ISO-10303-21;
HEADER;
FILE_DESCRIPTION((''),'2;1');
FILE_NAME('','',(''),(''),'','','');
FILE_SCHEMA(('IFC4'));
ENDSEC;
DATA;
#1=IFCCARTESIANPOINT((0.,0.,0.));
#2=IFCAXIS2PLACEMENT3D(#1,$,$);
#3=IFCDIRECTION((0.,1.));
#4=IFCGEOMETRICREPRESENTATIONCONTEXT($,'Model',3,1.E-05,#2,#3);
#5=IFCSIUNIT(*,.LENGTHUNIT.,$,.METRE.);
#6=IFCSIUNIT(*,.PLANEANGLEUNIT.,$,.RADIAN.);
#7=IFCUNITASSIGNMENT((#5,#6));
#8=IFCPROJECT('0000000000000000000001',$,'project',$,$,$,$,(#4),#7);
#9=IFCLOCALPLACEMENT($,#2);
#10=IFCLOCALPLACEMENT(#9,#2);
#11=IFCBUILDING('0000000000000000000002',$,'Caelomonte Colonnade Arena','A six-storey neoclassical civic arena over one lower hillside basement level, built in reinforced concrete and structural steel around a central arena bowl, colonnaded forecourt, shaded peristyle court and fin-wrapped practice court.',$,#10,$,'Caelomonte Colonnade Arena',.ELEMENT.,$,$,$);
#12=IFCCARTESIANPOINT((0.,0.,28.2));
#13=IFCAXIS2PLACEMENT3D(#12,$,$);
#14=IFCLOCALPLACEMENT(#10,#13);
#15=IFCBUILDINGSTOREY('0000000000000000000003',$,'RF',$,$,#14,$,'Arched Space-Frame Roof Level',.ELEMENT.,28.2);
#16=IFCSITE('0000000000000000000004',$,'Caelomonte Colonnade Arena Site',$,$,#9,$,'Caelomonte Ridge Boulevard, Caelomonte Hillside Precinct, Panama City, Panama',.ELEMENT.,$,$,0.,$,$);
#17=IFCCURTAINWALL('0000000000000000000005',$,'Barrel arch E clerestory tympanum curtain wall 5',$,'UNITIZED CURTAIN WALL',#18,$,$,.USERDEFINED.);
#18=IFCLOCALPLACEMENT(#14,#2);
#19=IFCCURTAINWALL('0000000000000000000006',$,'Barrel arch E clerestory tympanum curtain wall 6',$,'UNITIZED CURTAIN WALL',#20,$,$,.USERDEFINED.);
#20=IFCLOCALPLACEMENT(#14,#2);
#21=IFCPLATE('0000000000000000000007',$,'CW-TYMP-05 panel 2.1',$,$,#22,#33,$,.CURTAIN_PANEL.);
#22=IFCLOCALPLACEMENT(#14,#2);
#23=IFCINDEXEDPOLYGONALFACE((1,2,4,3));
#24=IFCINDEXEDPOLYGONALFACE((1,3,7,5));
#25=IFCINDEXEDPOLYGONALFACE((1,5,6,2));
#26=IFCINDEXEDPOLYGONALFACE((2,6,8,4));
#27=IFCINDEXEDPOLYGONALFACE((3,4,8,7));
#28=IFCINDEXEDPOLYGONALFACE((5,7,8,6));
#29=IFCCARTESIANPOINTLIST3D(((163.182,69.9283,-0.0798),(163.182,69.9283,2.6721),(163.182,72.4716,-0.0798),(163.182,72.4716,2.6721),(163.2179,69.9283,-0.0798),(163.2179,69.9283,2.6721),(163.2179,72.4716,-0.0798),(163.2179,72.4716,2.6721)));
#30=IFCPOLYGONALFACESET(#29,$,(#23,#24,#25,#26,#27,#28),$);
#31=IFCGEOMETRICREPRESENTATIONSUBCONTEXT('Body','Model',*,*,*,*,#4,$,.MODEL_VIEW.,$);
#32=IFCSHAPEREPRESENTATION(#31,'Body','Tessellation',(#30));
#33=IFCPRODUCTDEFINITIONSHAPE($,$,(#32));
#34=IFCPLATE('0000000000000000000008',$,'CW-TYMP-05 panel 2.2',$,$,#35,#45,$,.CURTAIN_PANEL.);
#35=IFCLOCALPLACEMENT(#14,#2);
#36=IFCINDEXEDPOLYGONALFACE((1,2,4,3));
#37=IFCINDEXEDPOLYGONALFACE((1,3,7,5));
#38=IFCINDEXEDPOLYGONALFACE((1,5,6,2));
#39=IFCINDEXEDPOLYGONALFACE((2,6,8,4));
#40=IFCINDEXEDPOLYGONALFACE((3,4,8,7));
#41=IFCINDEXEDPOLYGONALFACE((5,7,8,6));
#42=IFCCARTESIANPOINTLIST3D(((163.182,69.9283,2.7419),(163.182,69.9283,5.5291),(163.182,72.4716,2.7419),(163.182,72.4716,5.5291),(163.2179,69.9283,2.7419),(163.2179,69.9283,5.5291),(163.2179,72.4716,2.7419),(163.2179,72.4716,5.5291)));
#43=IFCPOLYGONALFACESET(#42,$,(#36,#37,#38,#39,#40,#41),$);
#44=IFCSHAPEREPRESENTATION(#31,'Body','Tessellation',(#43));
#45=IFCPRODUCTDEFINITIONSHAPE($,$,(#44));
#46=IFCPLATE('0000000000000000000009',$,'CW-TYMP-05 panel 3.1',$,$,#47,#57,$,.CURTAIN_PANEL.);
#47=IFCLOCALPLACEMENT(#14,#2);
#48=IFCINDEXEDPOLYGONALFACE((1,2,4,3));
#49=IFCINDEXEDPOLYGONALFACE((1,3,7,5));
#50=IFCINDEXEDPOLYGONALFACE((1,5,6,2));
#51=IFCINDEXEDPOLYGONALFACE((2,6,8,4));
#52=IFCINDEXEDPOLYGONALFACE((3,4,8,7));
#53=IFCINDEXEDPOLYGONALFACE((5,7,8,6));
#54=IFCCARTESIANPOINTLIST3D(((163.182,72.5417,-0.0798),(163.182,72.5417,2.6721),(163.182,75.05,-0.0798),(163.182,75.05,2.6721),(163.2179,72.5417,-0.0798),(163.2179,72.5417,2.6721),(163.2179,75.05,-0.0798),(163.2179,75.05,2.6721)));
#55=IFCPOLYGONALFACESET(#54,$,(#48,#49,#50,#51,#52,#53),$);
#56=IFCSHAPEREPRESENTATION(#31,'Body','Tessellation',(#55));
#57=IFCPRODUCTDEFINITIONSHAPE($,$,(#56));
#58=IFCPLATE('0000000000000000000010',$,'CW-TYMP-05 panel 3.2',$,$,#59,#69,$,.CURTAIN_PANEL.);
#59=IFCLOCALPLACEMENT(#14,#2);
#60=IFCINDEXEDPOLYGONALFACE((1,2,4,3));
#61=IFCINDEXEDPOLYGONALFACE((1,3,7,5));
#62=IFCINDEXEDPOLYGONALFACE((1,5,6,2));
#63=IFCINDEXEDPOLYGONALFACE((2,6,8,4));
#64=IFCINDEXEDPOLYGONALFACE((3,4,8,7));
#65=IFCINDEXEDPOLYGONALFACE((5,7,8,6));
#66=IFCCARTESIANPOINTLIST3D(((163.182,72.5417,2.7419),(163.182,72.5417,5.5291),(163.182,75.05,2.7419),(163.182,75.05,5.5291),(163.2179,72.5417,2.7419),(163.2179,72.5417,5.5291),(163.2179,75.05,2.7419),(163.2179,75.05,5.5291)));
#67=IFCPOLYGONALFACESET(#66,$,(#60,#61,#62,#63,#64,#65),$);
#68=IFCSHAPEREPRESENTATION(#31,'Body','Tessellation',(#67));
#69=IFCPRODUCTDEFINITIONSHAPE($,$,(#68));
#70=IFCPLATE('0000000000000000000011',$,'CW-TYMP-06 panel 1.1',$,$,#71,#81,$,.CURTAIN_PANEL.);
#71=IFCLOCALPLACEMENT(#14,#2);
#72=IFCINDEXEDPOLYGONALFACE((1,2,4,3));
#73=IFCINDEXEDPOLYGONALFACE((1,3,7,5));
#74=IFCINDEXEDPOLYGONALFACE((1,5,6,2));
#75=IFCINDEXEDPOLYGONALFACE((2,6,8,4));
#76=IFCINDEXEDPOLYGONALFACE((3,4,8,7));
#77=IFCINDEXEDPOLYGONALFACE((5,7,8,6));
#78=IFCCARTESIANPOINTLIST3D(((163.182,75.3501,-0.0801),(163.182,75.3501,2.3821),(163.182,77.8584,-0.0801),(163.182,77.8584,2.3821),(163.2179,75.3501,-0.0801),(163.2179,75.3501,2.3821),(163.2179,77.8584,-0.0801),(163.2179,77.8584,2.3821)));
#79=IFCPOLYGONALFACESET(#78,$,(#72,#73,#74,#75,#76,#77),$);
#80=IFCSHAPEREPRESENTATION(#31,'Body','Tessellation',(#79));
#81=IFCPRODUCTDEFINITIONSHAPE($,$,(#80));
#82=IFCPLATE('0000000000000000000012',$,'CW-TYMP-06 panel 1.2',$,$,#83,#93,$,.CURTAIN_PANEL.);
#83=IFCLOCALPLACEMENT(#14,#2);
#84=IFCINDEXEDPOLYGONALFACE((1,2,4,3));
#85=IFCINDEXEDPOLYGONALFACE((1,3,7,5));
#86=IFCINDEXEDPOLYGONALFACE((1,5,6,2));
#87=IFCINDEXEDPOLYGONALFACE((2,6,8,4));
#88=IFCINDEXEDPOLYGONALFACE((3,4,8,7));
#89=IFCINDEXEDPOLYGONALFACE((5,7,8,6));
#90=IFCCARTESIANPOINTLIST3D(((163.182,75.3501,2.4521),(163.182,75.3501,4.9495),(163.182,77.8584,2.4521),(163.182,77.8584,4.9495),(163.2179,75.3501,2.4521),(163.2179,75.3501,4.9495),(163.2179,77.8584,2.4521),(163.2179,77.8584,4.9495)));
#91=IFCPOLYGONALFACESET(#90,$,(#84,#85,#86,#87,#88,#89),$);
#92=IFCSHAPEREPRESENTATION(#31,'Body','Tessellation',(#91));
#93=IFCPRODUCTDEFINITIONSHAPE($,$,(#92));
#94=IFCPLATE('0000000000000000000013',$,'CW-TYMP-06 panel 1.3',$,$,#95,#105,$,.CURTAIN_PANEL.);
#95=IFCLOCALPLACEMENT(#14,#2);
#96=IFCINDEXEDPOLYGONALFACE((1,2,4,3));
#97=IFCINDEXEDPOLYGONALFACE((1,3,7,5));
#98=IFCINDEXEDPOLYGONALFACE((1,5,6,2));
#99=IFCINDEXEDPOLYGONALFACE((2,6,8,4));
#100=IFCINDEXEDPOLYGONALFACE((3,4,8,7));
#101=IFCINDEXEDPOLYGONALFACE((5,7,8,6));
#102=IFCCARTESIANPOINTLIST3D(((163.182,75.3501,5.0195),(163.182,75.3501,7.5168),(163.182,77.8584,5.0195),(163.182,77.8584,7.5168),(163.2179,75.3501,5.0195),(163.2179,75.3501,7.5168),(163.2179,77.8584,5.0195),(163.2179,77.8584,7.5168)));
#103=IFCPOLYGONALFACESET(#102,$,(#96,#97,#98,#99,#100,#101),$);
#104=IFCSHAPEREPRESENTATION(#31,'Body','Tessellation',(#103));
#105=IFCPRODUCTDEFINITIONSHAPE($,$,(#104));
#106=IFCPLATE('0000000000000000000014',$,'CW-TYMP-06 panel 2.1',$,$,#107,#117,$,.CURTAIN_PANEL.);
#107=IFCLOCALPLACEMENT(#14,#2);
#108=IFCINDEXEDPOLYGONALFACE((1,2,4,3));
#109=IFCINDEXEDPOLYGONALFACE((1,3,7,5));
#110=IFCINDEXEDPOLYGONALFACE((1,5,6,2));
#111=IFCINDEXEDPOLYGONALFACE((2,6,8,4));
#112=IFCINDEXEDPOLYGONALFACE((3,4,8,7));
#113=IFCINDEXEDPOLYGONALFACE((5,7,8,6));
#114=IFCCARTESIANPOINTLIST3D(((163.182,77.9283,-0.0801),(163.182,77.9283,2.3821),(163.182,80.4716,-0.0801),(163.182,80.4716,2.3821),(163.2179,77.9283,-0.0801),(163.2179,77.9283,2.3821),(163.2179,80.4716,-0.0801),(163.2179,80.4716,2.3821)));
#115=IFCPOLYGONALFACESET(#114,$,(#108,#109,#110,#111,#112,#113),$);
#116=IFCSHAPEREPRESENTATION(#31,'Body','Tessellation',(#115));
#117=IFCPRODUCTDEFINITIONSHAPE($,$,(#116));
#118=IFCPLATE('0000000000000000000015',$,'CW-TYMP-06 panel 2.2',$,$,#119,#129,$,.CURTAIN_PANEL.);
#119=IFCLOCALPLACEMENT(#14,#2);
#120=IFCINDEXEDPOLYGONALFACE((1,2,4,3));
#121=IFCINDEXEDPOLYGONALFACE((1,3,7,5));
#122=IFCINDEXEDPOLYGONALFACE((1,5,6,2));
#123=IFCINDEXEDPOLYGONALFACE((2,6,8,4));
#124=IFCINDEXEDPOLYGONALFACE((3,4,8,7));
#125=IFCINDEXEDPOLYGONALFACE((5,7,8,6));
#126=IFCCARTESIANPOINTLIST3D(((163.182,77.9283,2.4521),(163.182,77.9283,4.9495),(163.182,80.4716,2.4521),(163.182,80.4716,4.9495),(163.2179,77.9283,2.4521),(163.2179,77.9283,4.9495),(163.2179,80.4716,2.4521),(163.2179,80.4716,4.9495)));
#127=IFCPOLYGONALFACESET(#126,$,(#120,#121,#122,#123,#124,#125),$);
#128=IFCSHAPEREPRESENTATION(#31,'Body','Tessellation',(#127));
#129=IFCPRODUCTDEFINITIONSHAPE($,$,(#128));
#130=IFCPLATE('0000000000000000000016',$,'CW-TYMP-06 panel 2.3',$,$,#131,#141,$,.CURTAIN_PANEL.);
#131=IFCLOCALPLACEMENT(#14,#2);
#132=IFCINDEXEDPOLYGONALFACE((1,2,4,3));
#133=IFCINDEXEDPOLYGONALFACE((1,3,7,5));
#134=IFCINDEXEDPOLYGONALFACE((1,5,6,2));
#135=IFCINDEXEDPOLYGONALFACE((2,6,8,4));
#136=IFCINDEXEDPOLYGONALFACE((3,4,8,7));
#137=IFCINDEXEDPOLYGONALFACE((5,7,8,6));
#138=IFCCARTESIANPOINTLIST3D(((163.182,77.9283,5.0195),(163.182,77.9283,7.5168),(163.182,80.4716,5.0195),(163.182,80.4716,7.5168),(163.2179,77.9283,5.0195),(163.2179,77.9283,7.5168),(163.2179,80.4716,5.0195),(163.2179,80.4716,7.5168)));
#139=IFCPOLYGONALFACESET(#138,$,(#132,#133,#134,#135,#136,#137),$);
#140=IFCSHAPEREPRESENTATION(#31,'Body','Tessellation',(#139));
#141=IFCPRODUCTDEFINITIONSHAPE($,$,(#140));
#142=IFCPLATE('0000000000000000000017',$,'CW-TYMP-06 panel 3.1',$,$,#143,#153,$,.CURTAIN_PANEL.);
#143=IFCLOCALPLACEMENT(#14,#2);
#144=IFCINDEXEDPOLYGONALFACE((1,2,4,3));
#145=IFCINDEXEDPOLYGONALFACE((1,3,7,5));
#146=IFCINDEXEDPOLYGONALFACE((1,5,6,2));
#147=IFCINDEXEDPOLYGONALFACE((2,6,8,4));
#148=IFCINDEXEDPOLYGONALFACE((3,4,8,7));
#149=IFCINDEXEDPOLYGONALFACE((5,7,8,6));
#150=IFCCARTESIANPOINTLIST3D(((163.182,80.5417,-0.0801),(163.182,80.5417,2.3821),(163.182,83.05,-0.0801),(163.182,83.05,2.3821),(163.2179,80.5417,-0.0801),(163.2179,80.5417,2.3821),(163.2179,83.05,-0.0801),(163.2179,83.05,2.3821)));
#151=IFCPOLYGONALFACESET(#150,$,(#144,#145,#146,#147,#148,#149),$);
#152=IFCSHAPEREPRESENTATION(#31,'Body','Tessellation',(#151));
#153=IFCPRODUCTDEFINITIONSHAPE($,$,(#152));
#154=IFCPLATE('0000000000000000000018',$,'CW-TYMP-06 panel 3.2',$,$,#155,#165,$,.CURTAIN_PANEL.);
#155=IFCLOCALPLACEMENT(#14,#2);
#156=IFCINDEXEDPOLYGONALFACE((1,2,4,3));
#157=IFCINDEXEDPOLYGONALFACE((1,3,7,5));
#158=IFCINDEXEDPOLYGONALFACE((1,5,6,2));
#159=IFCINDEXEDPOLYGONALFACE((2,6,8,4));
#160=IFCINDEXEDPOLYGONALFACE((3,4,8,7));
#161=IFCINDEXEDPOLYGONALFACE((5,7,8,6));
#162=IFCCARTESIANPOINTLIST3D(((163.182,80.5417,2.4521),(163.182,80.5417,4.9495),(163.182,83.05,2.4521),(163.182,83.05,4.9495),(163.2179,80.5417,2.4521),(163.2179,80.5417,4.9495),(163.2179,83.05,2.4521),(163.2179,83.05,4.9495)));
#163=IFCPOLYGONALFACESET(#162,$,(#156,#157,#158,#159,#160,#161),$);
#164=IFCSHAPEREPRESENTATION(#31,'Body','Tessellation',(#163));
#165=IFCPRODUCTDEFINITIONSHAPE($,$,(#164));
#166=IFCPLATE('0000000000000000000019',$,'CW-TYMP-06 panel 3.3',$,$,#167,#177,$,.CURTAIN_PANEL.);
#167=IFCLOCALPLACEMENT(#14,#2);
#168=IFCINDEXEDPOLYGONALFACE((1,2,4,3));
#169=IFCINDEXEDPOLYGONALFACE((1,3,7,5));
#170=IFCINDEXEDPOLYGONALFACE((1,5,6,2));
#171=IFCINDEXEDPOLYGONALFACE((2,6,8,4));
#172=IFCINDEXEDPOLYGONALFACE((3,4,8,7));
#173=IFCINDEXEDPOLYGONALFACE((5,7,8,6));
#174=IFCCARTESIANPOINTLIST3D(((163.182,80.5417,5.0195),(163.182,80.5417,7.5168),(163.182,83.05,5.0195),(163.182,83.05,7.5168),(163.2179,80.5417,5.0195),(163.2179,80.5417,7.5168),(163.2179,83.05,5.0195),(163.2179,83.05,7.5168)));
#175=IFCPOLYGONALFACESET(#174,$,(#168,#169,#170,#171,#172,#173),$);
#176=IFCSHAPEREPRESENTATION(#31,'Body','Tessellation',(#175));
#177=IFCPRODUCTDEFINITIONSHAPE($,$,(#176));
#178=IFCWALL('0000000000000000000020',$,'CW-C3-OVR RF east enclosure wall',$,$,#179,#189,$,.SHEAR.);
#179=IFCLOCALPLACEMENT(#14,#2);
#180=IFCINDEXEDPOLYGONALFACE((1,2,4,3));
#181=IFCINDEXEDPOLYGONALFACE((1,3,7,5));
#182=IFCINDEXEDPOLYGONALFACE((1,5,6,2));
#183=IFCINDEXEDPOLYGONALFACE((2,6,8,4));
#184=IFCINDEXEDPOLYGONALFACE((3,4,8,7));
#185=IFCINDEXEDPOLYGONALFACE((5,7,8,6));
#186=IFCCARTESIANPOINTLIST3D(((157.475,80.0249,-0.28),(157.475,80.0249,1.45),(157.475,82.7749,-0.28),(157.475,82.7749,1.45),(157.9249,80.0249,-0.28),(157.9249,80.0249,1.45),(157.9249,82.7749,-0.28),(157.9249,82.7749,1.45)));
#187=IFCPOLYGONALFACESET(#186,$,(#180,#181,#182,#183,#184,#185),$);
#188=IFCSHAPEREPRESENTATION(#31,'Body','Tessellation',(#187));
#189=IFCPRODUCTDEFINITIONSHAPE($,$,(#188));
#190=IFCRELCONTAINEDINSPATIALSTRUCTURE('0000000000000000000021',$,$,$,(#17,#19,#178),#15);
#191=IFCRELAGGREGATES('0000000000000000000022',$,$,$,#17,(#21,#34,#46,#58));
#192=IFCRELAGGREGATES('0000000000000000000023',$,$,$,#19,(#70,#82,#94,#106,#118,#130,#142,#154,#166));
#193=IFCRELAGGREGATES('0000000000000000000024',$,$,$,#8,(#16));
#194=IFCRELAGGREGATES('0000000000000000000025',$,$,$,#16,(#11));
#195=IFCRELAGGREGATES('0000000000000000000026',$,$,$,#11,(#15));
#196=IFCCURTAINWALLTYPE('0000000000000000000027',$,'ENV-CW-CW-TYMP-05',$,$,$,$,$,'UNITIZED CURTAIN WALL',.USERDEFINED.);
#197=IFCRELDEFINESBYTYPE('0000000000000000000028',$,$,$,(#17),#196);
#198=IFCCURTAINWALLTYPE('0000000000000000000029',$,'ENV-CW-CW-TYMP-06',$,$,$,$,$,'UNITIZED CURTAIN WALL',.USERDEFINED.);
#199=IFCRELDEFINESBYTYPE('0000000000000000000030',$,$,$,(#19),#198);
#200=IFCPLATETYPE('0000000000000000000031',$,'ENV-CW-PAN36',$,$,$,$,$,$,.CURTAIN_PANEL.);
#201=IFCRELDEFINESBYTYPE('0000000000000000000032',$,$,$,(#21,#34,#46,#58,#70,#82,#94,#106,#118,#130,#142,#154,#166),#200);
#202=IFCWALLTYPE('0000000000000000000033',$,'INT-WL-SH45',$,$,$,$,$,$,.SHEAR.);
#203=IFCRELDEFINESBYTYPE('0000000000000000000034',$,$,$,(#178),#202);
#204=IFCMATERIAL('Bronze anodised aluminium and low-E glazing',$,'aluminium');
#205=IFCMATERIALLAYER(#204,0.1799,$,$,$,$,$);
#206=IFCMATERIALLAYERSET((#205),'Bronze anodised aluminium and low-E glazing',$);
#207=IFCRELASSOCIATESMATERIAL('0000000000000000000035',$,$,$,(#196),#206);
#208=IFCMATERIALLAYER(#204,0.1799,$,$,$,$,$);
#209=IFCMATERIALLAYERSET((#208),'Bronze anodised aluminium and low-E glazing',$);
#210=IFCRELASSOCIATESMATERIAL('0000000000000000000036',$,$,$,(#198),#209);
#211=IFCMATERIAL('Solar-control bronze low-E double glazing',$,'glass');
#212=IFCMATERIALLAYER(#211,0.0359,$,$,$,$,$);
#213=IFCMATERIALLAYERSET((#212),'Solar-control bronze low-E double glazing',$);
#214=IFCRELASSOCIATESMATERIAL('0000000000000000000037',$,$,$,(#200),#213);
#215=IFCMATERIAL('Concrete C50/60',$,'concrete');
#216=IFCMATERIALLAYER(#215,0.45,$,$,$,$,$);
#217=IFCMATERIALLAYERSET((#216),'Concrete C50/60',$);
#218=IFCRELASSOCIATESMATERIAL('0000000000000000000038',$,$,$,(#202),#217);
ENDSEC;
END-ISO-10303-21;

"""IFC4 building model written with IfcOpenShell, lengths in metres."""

from ifc_helpers import new_model, si_unit, direction, frame, frame_2d, origin, origin_2d, place, context, subcontext, project, spatial, rectangle, extrude, material, layer, layer_set, type_object, element, aggregate, save


model = new_model("IFC4")

# Units and contexts
model_context = context("Model", 3, precision=1e-05, world=origin(), true_north=direction((0.0, 1.0)))
body_context = subcontext(model_context, "Body", "Model", "MODEL_VIEW")
ifc_project = project(units=[si_unit("LENGTHUNIT", "METRE"), si_unit("PLANEANGLEUNIT", "RADIAN")], contexts=[model_context])

# Site, building, storey
site_placement = place(None, origin())
site = spatial("IfcSite", under=ifc_project, at=site_placement, Name="Caelomonte Colonnade Arena Site", LongName="Caelomonte Ridge Boulevard, Caelomonte Hillside Precinct, Panama City, Panama", CompositionType="ELEMENT", RefElevation=0.0)
building_placement = place(site_placement, origin())
building = spatial("IfcBuilding", under=site, at=building_placement, Name="Caelomonte Colonnade Arena", Description="A six-storey neoclassical civic arena over one lower hillside basement level, built in reinforced concrete and structural steel around a central arena bowl, colonnaded forecourt, shaded peristyle court and fin-wrapped practice court.", LongName="Caelomonte Colonnade Arena", CompositionType="ELEMENT")
storey_placement = place(building_placement, frame((0.0, 0.0, 28.2)))
storey = spatial("IfcBuildingStorey", under=building, at=storey_placement, Name="RF", LongName="Arched Space-Frame Roof Level", CompositionType="ELEMENT", Elevation=28.2)

# Curtain walls
ifc_material_1 = material(Name="Bronze anodised aluminium and low-E glazing", Category="aluminium")
ifc_layer_1 = layer(ifc_material_1, 0.1799)
ifc_layer_set_1 = layer_set([ifc_layer_1], Name="Bronze anodised aluminium and low-E glazing")
curtain_wall_type_1 = type_object("IfcCurtainWallType", Name="ENV-CW-CW-TYMP-05", ElementType="UNITIZED CURTAIN WALL", PredefinedType="USERDEFINED", material=ifc_layer_set_1)
curtain_wall_1_placement = place(storey_placement, origin())
curtain_wall_1 = element("IfcCurtainWall", 1, at=curtain_wall_1_placement, inside=storey, type_object=curtain_wall_type_1, Name="Barrel arch E clerestory tympanum curtain wall 5", ObjectType="UNITIZED CURTAIN WALL", PredefinedType="USERDEFINED")
ifc_layer_2 = layer(ifc_material_1, 0.1799)
ifc_layer_set_2 = layer_set([ifc_layer_2], Name="Bronze anodised aluminium and low-E glazing")
curtain_wall_type_2 = type_object("IfcCurtainWallType", Name="ENV-CW-CW-TYMP-06", ElementType="UNITIZED CURTAIN WALL", PredefinedType="USERDEFINED", material=ifc_layer_set_2)
curtain_wall_2_placement = place(storey_placement, origin())
curtain_wall_2 = element("IfcCurtainWall", 2, at=curtain_wall_2_placement, inside=storey, type_object=curtain_wall_type_2, Name="Barrel arch E clerestory tympanum curtain wall 6", ObjectType="UNITIZED CURTAIN WALL", PredefinedType="USERDEFINED")

# Plates
ifc_material_2 = material(Name="Solar-control bronze low-E double glazing", Category="glass")
ifc_layer_3 = layer(ifc_material_2, 0.0359)
ifc_layer_set_3 = layer_set([ifc_layer_3], Name="Solar-control bronze low-E double glazing")
plate_type = type_object("IfcPlateType", Name="ENV-CW-PAN36", PredefinedType="CURTAIN_PANEL", material=ifc_layer_set_3)
plate_1_placement = place(storey_placement, frame((163.2, 71.2, -0.0798), z_axis=(0.0, 0.0, 1.0), x_axis=(0.0, 1.0, 0.0)))
plate_1 = element("IfcPlate", 3, at=plate_1_placement, type_object=plate_type, Name="CW-TYMP-05 panel 2.1", PredefinedType="CURTAIN_PANEL", context=body_context, shape_type="SweptSolid", body=[
    extrude(rectangle(XDim=2.5432, YDim=0.0359, at=origin_2d()), origin(), (0.0, 0.0, 1.0), 2.752),
])
plate_2_placement = place(storey_placement, frame((163.2, 71.2, 2.7419), z_axis=(0.0, 0.0, 1.0), x_axis=(0.0, 1.0, 0.0)))
plate_2 = element("IfcPlate", 4, at=plate_2_placement, type_object=plate_type, Name="CW-TYMP-05 panel 2.2", PredefinedType="CURTAIN_PANEL", context=body_context, shape_type="SweptSolid", body=[
    extrude(rectangle(XDim=2.5432, YDim=0.0359, at=origin_2d()), origin(), (0.0, 0.0, 1.0), 2.7871),
])
plate_3_placement = place(storey_placement, frame((163.2, 73.7959, -0.0798), z_axis=(0.0, 0.0, 1.0), x_axis=(0.0, 1.0, 0.0)))
plate_3 = element("IfcPlate", 5, at=plate_3_placement, type_object=plate_type, Name="CW-TYMP-05 panel 3.1", PredefinedType="CURTAIN_PANEL", context=body_context, shape_type="SweptSolid", body=[
    extrude(rectangle(XDim=2.5083, YDim=0.0359, at=origin_2d()), origin(), (0.0, 0.0, 1.0), 2.752),
])
plate_4_placement = place(storey_placement, frame((163.2, 73.7959, 2.7419), z_axis=(0.0, 0.0, 1.0), x_axis=(0.0, 1.0, 0.0)))
plate_4 = element("IfcPlate", 6, at=plate_4_placement, type_object=plate_type, Name="CW-TYMP-05 panel 3.2", PredefinedType="CURTAIN_PANEL", context=body_context, shape_type="SweptSolid", body=[
    extrude(rectangle(XDim=2.5083, YDim=0.0359, at=origin_2d()), origin(), (0.0, 0.0, 1.0), 2.7871),
])
aggregate(curtain_wall_1, [plate_1, plate_2, plate_3, plate_4])
plate_5_placement = place(storey_placement, frame((163.2, 76.6042, -0.0801), z_axis=(0.0, 0.0, 1.0), x_axis=(0.0, 1.0, 0.0)))
plate_5 = element("IfcPlate", 7, at=plate_5_placement, type_object=plate_type, Name="CW-TYMP-06 panel 1.1", PredefinedType="CURTAIN_PANEL", context=body_context, shape_type="SweptSolid", body=[
    extrude(rectangle(XDim=2.5083, YDim=0.0359, at=origin_2d()), origin(), (0.0, 0.0, 1.0), 2.4622),
])
plate_6_placement = place(storey_placement, frame((163.2, 76.6042, 2.4521), z_axis=(0.0, 0.0, 1.0), x_axis=(0.0, 1.0, 0.0)))
plate_6 = element("IfcPlate", 8, at=plate_6_placement, type_object=plate_type, Name="CW-TYMP-06 panel 1.2", PredefinedType="CURTAIN_PANEL", context=body_context, shape_type="SweptSolid", body=[
    extrude(rectangle(XDim=2.5083, YDim=0.0359, at=origin_2d()), origin(), (0.0, 0.0, 1.0), 2.4973),
])
plate_7_placement = place(storey_placement, frame((163.2, 76.6042, 5.0195), z_axis=(0.0, 0.0, 1.0), x_axis=(0.0, 1.0, 0.0)))
plate_7 = element("IfcPlate", 9, at=plate_7_placement, type_object=plate_type, Name="CW-TYMP-06 panel 1.3", PredefinedType="CURTAIN_PANEL", context=body_context, shape_type="SweptSolid", body=[
    extrude(rectangle(XDim=2.5083, YDim=0.0359, at=origin_2d()), origin(), (0.0, 0.0, 1.0), 2.4973),
])
plate_8_placement = place(storey_placement, frame((163.2, 79.2, -0.0801), z_axis=(0.0, 0.0, 1.0), x_axis=(0.0, 1.0, 0.0)))
plate_8 = element("IfcPlate", 10, at=plate_8_placement, type_object=plate_type, Name="CW-TYMP-06 panel 2.1", PredefinedType="CURTAIN_PANEL", context=body_context, shape_type="SweptSolid", body=[
    extrude(rectangle(XDim=2.5432, YDim=0.0359, at=origin_2d()), origin(), (0.0, 0.0, 1.0), 2.4622),
])
plate_9_placement = place(storey_placement, frame((163.2, 79.2, 2.4521), z_axis=(0.0, 0.0, 1.0), x_axis=(0.0, 1.0, 0.0)))
plate_9 = element("IfcPlate", 11, at=plate_9_placement, type_object=plate_type, Name="CW-TYMP-06 panel 2.2", PredefinedType="CURTAIN_PANEL", context=body_context, shape_type="SweptSolid", body=[
    extrude(rectangle(XDim=2.5432, YDim=0.0359, at=origin_2d()), origin(), (0.0, 0.0, 1.0), 2.4973),
])
plate_10_placement = place(storey_placement, frame((163.2, 79.2, 5.0195), z_axis=(0.0, 0.0, 1.0), x_axis=(0.0, 1.0, 0.0)))
plate_10 = element("IfcPlate", 12, at=plate_10_placement, type_object=plate_type, Name="CW-TYMP-06 panel 2.3", PredefinedType="CURTAIN_PANEL", context=body_context, shape_type="SweptSolid", body=[
    extrude(rectangle(XDim=2.5432, YDim=0.0359, at=origin_2d()), origin(), (0.0, 0.0, 1.0), 2.4973),
])
plate_11_placement = place(storey_placement, frame((163.2, 81.7959, -0.0801), z_axis=(0.0, 0.0, 1.0), x_axis=(0.0, 1.0, 0.0)))
plate_11 = element("IfcPlate", 13, at=plate_11_placement, type_object=plate_type, Name="CW-TYMP-06 panel 3.1", PredefinedType="CURTAIN_PANEL", context=body_context, shape_type="SweptSolid", body=[
    extrude(rectangle(XDim=2.5083, YDim=0.0359, at=origin_2d()), origin(), (0.0, 0.0, 1.0), 2.4622),
])
plate_12_placement = place(storey_placement, frame((163.2, 81.7959, 2.4521), z_axis=(0.0, 0.0, 1.0), x_axis=(0.0, 1.0, 0.0)))
plate_12 = element("IfcPlate", 14, at=plate_12_placement, type_object=plate_type, Name="CW-TYMP-06 panel 3.2", PredefinedType="CURTAIN_PANEL", context=body_context, shape_type="SweptSolid", body=[
    extrude(rectangle(XDim=2.5083, YDim=0.0359, at=origin_2d()), origin(), (0.0, 0.0, 1.0), 2.4973),
])
plate_13_placement = place(storey_placement, frame((163.2, 81.7959, 5.0195), z_axis=(0.0, 0.0, 1.0), x_axis=(0.0, 1.0, 0.0)))
plate_13 = element("IfcPlate", 15, at=plate_13_placement, type_object=plate_type, Name="CW-TYMP-06 panel 3.3", PredefinedType="CURTAIN_PANEL", context=body_context, shape_type="SweptSolid", body=[
    extrude(rectangle(XDim=2.5083, YDim=0.0359, at=origin_2d()), origin(), (0.0, 0.0, 1.0), 2.4973),
])
aggregate(curtain_wall_2, [plate_5, plate_6, plate_7, plate_8, plate_9, plate_10, plate_11, plate_12, plate_13])

# Wall
ifc_material_3 = material(Name="Concrete C50/60", Category="concrete")
ifc_layer_4 = layer(ifc_material_3, 0.45)
ifc_layer_set_4 = layer_set([ifc_layer_4], Name="Concrete C50/60")
wall_type = type_object("IfcWallType", Name="INT-WL-SH45", PredefinedType="SHEAR", material=ifc_layer_set_4)
wall_placement = place(storey_placement, frame((157.7, 80.0249, -0.28), z_axis=(0.0, 0.0, 1.0), x_axis=(0.0, 1.0, 0.0)))
element("IfcWall", 16, at=wall_placement, inside=storey, type_object=wall_type, Name="CW-C3-OVR RF east enclosure wall", PredefinedType="SHEAR", context=body_context, shape_type="SweptSolid", body=[
    extrude(rectangle(XDim=2.75, YDim=0.45, at=frame_2d((1.375, 0.0))), origin(), (0.0, 0.0, 1.0), 1.73),
])

save(model, "model.ifc")
